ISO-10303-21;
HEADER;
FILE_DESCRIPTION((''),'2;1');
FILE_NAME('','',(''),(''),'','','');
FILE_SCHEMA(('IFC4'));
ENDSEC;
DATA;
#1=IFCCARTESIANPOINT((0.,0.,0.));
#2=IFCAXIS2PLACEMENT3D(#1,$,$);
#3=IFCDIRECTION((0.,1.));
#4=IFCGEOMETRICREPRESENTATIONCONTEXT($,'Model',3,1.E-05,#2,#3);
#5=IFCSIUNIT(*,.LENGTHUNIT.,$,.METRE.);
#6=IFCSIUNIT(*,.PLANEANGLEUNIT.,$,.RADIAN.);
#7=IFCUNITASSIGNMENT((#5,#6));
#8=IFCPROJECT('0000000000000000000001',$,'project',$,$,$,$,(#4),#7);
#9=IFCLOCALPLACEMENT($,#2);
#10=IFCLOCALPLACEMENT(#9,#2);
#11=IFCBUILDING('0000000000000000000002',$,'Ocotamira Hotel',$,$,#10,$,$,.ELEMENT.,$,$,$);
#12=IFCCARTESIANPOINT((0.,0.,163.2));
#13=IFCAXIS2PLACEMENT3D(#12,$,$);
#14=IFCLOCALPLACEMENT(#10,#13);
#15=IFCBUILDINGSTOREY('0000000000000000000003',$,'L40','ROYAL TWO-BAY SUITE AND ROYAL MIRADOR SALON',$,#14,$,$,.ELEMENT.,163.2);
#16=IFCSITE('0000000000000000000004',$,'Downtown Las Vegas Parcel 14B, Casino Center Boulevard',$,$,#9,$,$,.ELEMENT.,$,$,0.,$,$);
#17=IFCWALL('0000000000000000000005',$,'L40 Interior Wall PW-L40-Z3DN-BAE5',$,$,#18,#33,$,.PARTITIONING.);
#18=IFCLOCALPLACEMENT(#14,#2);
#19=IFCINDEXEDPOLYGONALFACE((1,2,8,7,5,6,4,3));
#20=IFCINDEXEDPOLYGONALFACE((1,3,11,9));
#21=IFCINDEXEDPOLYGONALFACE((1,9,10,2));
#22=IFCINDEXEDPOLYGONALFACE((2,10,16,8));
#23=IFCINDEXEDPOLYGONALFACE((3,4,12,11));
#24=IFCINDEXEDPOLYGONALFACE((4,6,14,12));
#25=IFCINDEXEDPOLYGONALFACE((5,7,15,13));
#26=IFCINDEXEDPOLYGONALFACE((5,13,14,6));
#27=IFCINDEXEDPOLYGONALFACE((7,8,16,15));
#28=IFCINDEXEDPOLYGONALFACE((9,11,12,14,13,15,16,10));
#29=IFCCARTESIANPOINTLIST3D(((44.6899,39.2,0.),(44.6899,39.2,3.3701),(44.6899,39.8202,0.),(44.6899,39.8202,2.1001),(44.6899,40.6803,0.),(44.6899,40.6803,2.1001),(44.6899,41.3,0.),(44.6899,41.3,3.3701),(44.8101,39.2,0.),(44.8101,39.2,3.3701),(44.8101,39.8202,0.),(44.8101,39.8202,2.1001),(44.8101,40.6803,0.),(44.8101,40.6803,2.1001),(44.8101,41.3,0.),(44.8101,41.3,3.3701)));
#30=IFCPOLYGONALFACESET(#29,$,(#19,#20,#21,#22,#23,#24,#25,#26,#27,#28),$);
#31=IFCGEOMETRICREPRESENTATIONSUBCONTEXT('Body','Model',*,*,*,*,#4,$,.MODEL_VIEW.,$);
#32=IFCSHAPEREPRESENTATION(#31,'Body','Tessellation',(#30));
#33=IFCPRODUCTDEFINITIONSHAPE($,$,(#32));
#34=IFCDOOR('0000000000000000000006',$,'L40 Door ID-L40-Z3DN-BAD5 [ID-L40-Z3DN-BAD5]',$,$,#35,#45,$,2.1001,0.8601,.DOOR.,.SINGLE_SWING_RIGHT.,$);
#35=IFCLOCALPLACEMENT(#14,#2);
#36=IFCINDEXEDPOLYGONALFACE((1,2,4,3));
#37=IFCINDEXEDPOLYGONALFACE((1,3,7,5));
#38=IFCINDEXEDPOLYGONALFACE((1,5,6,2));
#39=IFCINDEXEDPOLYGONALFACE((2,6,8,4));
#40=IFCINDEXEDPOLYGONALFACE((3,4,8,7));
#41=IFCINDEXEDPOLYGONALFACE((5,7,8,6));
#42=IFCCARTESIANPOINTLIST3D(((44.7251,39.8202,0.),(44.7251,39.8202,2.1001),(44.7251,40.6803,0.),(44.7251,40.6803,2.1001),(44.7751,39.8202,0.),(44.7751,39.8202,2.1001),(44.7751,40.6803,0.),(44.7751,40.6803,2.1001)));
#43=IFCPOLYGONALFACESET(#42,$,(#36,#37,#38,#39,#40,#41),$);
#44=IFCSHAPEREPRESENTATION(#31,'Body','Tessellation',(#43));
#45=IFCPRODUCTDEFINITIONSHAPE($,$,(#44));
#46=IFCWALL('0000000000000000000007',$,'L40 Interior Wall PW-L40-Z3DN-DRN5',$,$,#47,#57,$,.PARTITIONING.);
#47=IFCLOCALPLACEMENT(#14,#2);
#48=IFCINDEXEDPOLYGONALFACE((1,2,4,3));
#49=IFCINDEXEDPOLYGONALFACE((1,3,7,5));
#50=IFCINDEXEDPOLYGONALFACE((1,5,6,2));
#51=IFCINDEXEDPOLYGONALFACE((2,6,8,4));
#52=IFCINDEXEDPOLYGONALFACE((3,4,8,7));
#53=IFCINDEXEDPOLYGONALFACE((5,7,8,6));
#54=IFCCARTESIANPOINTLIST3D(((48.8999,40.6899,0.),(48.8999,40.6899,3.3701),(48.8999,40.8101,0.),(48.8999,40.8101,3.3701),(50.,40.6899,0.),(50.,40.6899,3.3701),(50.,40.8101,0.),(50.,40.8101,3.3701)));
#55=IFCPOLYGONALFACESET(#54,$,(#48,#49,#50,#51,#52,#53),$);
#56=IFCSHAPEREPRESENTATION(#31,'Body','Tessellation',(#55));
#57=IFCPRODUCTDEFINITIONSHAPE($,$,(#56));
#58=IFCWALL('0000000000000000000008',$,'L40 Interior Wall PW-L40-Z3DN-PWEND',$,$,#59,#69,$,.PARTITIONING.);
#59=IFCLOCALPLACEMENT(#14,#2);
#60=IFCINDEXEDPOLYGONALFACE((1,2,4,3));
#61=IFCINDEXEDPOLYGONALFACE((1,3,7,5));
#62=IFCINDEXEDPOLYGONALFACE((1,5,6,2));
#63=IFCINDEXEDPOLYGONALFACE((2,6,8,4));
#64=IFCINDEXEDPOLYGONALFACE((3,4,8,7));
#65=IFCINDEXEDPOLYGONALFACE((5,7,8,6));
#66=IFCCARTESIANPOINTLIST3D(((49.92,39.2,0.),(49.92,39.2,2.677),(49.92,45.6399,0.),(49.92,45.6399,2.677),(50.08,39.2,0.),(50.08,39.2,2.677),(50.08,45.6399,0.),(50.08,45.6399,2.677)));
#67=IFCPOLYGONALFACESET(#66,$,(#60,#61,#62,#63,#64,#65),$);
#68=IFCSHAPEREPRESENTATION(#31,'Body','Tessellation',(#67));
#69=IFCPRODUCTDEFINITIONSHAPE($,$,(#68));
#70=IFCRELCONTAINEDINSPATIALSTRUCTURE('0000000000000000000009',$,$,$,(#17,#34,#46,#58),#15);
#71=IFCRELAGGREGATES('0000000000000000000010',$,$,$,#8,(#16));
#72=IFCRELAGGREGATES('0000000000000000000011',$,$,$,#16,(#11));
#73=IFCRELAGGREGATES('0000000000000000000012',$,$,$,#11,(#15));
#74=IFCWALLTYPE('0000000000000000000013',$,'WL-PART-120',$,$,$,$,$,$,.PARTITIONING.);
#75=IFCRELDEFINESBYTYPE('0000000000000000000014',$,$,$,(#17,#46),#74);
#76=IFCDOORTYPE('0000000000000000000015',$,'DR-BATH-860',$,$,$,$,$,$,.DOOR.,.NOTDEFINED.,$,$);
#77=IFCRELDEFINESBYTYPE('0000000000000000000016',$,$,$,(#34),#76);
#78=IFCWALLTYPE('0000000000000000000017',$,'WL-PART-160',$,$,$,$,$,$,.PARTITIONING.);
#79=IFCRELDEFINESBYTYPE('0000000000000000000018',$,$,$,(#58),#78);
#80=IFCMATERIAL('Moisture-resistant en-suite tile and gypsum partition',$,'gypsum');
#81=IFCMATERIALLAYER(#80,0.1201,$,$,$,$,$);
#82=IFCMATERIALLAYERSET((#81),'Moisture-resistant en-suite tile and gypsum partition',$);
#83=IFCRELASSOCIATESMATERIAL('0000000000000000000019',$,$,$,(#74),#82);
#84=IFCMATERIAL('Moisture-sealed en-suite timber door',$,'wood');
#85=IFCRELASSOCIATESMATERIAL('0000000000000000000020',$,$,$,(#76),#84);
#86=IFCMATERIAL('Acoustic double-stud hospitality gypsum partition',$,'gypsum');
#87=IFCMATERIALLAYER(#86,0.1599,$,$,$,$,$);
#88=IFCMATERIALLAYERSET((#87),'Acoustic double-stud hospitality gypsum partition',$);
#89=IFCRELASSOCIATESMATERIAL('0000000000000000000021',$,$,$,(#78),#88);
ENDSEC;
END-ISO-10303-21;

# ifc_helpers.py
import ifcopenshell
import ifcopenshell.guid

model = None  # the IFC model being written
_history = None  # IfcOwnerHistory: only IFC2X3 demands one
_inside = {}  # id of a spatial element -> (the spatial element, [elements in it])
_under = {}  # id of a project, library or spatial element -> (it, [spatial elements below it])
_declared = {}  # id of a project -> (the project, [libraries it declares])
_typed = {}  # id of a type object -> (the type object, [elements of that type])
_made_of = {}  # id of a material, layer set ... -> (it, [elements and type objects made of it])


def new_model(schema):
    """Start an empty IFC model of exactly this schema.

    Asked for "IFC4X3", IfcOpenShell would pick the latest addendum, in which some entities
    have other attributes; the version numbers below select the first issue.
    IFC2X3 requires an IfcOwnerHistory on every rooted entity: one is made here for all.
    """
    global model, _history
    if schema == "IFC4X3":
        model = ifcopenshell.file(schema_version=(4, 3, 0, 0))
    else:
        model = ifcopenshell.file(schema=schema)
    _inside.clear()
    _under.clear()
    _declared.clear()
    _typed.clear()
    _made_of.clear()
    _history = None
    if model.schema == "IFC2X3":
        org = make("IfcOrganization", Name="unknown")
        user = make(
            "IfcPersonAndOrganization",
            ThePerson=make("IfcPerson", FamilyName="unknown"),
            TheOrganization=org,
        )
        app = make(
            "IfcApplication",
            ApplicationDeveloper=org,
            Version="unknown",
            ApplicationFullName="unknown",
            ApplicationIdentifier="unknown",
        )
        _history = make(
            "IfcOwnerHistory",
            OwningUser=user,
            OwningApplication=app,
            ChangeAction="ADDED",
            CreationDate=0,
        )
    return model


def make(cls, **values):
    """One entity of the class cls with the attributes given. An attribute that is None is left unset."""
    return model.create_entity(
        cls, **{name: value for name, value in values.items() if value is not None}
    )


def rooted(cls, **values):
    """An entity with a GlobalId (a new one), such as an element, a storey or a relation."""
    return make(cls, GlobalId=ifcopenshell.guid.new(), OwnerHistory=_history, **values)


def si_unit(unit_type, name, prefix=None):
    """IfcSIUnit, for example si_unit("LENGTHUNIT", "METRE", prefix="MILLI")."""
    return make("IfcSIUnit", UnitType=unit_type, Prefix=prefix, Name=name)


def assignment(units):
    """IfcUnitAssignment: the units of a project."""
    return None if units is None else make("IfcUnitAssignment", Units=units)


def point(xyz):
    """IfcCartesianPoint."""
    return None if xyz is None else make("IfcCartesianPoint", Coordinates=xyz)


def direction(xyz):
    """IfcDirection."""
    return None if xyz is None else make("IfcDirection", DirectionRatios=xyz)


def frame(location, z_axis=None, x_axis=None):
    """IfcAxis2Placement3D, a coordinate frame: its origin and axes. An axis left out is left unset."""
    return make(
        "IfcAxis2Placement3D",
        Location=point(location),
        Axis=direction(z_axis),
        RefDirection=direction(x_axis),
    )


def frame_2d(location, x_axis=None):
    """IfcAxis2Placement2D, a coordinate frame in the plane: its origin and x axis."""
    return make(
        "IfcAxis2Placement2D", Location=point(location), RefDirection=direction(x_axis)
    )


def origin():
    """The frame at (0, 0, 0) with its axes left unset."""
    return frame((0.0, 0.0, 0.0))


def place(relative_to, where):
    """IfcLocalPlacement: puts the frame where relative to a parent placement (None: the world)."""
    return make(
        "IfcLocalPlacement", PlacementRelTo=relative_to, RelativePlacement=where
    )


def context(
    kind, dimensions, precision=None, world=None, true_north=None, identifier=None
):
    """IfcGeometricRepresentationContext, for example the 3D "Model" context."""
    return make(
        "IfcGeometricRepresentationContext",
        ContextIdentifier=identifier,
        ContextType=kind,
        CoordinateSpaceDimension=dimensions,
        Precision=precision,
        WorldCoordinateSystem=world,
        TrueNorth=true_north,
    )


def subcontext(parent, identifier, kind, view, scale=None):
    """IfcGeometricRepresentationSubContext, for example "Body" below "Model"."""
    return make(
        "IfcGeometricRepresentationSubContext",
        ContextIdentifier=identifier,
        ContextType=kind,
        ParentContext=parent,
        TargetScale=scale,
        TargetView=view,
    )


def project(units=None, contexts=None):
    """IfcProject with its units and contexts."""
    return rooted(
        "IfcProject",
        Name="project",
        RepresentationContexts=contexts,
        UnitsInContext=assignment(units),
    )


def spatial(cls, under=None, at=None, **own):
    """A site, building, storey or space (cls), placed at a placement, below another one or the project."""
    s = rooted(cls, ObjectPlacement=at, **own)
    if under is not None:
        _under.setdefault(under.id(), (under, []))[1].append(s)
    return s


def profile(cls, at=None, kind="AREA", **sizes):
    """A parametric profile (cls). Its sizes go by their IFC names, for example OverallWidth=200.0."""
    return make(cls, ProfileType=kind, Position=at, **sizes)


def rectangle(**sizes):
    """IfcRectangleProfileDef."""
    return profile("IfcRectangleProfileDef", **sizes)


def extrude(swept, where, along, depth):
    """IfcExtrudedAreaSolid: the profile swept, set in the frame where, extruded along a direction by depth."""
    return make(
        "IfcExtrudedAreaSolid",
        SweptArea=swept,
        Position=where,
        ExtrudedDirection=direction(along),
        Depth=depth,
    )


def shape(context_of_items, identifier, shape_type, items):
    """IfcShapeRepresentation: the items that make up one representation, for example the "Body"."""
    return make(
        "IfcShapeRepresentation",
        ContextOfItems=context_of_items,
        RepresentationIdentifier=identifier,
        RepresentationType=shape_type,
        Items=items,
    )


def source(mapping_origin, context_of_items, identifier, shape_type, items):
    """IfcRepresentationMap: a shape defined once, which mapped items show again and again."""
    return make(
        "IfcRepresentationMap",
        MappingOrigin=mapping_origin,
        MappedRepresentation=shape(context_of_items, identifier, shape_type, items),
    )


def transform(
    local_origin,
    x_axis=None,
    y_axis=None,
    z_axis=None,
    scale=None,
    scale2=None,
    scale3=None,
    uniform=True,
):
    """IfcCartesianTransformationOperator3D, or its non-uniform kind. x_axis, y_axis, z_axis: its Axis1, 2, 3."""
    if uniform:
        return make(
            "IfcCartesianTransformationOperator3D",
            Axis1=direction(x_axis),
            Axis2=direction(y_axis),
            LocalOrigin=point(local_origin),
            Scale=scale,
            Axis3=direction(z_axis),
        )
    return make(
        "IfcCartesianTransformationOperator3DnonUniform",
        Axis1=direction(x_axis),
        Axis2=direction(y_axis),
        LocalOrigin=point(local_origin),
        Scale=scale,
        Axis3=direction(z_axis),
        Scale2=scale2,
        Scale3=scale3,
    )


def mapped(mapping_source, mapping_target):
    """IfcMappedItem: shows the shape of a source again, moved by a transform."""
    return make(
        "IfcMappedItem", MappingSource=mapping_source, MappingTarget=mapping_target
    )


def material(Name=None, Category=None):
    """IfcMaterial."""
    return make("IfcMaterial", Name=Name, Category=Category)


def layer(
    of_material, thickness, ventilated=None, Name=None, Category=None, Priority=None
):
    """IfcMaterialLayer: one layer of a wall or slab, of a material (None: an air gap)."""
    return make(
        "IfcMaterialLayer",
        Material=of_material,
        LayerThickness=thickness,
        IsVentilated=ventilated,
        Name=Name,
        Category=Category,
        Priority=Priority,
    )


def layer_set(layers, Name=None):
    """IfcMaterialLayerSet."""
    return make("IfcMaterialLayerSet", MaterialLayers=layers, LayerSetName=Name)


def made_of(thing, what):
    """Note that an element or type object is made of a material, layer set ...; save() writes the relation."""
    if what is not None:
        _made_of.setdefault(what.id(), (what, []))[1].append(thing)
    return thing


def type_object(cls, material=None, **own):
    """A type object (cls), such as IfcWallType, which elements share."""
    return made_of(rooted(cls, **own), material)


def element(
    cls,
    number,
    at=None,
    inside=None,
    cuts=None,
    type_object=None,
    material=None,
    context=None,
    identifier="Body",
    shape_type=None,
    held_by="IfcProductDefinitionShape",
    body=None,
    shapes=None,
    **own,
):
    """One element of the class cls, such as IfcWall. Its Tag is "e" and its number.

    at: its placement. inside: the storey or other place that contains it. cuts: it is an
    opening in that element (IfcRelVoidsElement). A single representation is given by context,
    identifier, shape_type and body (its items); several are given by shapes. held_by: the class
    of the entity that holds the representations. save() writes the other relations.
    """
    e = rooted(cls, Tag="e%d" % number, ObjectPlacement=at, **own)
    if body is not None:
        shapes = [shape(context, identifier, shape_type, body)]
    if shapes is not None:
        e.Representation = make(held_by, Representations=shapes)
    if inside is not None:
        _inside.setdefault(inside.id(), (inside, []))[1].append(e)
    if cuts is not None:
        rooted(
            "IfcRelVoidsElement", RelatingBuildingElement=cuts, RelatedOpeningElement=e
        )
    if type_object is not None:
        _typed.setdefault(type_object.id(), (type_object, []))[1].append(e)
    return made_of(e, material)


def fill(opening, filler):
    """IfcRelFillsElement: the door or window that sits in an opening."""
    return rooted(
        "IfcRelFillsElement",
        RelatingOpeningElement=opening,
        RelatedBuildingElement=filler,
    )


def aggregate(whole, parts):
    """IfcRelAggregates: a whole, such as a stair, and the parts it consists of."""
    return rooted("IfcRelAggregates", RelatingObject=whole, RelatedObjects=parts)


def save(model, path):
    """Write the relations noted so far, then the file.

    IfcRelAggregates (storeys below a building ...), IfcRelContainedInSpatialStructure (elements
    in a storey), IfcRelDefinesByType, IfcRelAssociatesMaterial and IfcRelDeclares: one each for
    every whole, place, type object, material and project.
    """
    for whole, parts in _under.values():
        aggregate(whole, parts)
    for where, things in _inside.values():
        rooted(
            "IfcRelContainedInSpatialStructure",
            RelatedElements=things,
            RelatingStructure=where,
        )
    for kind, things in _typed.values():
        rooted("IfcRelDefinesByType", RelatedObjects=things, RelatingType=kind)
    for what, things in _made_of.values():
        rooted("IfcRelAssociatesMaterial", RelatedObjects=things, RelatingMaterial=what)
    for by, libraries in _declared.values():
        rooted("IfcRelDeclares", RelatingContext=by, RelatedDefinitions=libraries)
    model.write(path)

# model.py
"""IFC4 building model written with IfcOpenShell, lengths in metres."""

from ifc_helpers import new_model, si_unit, direction, frame, frame_2d, origin, place, context, subcontext, project, spatial, rectangle, extrude, source, transform, mapped, material, layer, layer_set, type_object, element, fill, save


model = new_model("IFC4")

# Units and contexts
model_context = context("Model", 3, precision=1e-05, world=origin(), true_north=direction((0.0, 1.0)))
body_context = subcontext(model_context, "Body", "Model", "MODEL_VIEW")
ifc_project = project(units=[si_unit("LENGTHUNIT", "METRE"), si_unit("PLANEANGLEUNIT", "RADIAN")], contexts=[model_context])

# Site, building, storey
site_placement = place(None, origin())
site = spatial("IfcSite", under=ifc_project, at=site_placement, Name="Downtown Las Vegas Parcel 14B, Casino Center Boulevard", CompositionType="ELEMENT", RefElevation=0.0)
building_placement = place(site_placement, origin())
building = spatial("IfcBuilding", under=site, at=building_placement, Name="Ocotamira Hotel", CompositionType="ELEMENT")
storey_placement = place(building_placement, frame((0.0, 0.0, 163.2)))
storey = spatial("IfcBuildingStorey", under=building, at=storey_placement, Name="L40", Description="ROYAL TWO-BAY SUITE AND ROYAL MIRADOR SALON", CompositionType="ELEMENT", Elevation=163.2)

# Wall, opening, door
ifc_material_1 = material(Name="Moisture-resistant en-suite tile and gypsum partition", Category="gypsum")
ifc_layer_1 = layer(ifc_material_1, 0.1201)
ifc_layer_set_1 = layer_set([ifc_layer_1], Name="Moisture-resistant en-suite tile and gypsum partition")
wall_type_1 = type_object("IfcWallType", Name="WL-PART-120", PredefinedType="PARTITIONING", material=ifc_layer_set_1)
wall_1_placement = place(storey_placement, frame((44.75, 39.2, 0.0), z_axis=(0.0, 0.0, 1.0), x_axis=(0.0, 1.0, 0.0)))
wall_1 = element("IfcWall", 1, at=wall_1_placement, inside=storey, type_object=wall_type_1, Name="L40 Interior Wall PW-L40-Z3DN-BAE5", PredefinedType="PARTITIONING", context=body_context, shape_type="SweptSolid", body=[
    extrude(rectangle(XDim=2.1001, YDim=0.1201, at=frame_2d((1.05, 0.0))), origin(), (0.0, 0.0, 1.0), 3.3701),
])
opening_1_placement = place(wall_1_placement, frame((0.6201, 0.0, 0.0)))
opening_1 = element("IfcOpeningElement", 2, at=opening_1_placement, cuts=wall_1, PredefinedType="OPENING", context=body_context, shape_type="SweptSolid", body=[
    extrude(rectangle(XDim=0.8601, YDim=2.1001, at=frame_2d((0.4302, 1.05))), frame((0.0, 0.0701, 0.0), z_axis=(0.0, -1.0, 0.0), x_axis=(1.0, 0.0, 0.0)), (0.0, 0.0, 1.0), 0.1401),
])
ifc_material_2 = material(Name="Moisture-sealed en-suite timber door", Category="wood")
door_type_1 = type_object("IfcDoorType", Name="DR-BATH-860", OperationType="NOTDEFINED", PredefinedType="DOOR", material=ifc_material_2)
shared_shape_1 = source(origin(), body_context, "Body", "SweptSolid", [
    extrude(rectangle(XDim=0.8601, YDim=2.1001, at=frame_2d((0.4302, 1.05))), frame((0.0, 0.0249, 0.0), z_axis=(0.0, -1.0, 0.0), x_axis=(1.0, 0.0, 0.0)), (0.0, 0.0, 1.0), 0.05),
])
door_1_placement = place(opening_1_placement, origin())
door_1 = element("IfcDoor", 3, at=door_1_placement, inside=storey, type_object=door_type_1, Name="L40 Door ID-L40-Z3DN-BAD5 [ID-L40-Z3DN-BAD5]", OperationType="SINGLE_SWING_RIGHT", OverallHeight=2.1001, OverallWidth=0.8601, PredefinedType="DOOR", context=body_context, shape_type="MappedRepresentation", body=[
    mapped(shared_shape_1, transform((0.0, 0.0, 0.0), scale=1.0)),
])
fill(opening_1, door_1)

# Walls
wall_2_placement = place(storey_placement, frame((48.8999, 40.75, 0.0), z_axis=(0.0, 0.0, 1.0), x_axis=(1.0, 0.0, 0.0)))
element("IfcWall", 4, at=wall_2_placement, inside=storey, type_object=wall_type_1, Name="L40 Interior Wall PW-L40-Z3DN-DRN5", PredefinedType="PARTITIONING", context=body_context, shape_type="SweptSolid", body=[
    extrude(rectangle(XDim=1.1001, YDim=0.1201, at=frame_2d((0.55, 0.0))), origin(), (0.0, 0.0, 1.0), 3.3701),
])
ifc_material_3 = material(Name="Acoustic double-stud hospitality gypsum partition", Category="gypsum")
ifc_layer_2 = layer(ifc_material_3, 0.1599)
ifc_layer_set_2 = layer_set([ifc_layer_2], Name="Acoustic double-stud hospitality gypsum partition")
wall_type_2 = type_object("IfcWallType", Name="WL-PART-160", PredefinedType="PARTITIONING", material=ifc_layer_set_2)
wall_3_placement = place(storey_placement, frame((50.0, 39.2, 0.0), z_axis=(0.0, 0.0, 1.0), x_axis=(0.0, 1.0, 0.0)))
element("IfcWall", 5, at=wall_3_placement, inside=storey, type_object=wall_type_2, Name="L40 Interior Wall PW-L40-Z3DN-PWEND", PredefinedType="PARTITIONING", context=body_context, shape_type="SweptSolid", body=[
    extrude(rectangle(XDim=6.4399, YDim=0.1599, at=frame_2d((3.22, 0.0))), origin(), (0.0, 0.0, 1.0), 2.677),
])

save(model, "model.ifc")
